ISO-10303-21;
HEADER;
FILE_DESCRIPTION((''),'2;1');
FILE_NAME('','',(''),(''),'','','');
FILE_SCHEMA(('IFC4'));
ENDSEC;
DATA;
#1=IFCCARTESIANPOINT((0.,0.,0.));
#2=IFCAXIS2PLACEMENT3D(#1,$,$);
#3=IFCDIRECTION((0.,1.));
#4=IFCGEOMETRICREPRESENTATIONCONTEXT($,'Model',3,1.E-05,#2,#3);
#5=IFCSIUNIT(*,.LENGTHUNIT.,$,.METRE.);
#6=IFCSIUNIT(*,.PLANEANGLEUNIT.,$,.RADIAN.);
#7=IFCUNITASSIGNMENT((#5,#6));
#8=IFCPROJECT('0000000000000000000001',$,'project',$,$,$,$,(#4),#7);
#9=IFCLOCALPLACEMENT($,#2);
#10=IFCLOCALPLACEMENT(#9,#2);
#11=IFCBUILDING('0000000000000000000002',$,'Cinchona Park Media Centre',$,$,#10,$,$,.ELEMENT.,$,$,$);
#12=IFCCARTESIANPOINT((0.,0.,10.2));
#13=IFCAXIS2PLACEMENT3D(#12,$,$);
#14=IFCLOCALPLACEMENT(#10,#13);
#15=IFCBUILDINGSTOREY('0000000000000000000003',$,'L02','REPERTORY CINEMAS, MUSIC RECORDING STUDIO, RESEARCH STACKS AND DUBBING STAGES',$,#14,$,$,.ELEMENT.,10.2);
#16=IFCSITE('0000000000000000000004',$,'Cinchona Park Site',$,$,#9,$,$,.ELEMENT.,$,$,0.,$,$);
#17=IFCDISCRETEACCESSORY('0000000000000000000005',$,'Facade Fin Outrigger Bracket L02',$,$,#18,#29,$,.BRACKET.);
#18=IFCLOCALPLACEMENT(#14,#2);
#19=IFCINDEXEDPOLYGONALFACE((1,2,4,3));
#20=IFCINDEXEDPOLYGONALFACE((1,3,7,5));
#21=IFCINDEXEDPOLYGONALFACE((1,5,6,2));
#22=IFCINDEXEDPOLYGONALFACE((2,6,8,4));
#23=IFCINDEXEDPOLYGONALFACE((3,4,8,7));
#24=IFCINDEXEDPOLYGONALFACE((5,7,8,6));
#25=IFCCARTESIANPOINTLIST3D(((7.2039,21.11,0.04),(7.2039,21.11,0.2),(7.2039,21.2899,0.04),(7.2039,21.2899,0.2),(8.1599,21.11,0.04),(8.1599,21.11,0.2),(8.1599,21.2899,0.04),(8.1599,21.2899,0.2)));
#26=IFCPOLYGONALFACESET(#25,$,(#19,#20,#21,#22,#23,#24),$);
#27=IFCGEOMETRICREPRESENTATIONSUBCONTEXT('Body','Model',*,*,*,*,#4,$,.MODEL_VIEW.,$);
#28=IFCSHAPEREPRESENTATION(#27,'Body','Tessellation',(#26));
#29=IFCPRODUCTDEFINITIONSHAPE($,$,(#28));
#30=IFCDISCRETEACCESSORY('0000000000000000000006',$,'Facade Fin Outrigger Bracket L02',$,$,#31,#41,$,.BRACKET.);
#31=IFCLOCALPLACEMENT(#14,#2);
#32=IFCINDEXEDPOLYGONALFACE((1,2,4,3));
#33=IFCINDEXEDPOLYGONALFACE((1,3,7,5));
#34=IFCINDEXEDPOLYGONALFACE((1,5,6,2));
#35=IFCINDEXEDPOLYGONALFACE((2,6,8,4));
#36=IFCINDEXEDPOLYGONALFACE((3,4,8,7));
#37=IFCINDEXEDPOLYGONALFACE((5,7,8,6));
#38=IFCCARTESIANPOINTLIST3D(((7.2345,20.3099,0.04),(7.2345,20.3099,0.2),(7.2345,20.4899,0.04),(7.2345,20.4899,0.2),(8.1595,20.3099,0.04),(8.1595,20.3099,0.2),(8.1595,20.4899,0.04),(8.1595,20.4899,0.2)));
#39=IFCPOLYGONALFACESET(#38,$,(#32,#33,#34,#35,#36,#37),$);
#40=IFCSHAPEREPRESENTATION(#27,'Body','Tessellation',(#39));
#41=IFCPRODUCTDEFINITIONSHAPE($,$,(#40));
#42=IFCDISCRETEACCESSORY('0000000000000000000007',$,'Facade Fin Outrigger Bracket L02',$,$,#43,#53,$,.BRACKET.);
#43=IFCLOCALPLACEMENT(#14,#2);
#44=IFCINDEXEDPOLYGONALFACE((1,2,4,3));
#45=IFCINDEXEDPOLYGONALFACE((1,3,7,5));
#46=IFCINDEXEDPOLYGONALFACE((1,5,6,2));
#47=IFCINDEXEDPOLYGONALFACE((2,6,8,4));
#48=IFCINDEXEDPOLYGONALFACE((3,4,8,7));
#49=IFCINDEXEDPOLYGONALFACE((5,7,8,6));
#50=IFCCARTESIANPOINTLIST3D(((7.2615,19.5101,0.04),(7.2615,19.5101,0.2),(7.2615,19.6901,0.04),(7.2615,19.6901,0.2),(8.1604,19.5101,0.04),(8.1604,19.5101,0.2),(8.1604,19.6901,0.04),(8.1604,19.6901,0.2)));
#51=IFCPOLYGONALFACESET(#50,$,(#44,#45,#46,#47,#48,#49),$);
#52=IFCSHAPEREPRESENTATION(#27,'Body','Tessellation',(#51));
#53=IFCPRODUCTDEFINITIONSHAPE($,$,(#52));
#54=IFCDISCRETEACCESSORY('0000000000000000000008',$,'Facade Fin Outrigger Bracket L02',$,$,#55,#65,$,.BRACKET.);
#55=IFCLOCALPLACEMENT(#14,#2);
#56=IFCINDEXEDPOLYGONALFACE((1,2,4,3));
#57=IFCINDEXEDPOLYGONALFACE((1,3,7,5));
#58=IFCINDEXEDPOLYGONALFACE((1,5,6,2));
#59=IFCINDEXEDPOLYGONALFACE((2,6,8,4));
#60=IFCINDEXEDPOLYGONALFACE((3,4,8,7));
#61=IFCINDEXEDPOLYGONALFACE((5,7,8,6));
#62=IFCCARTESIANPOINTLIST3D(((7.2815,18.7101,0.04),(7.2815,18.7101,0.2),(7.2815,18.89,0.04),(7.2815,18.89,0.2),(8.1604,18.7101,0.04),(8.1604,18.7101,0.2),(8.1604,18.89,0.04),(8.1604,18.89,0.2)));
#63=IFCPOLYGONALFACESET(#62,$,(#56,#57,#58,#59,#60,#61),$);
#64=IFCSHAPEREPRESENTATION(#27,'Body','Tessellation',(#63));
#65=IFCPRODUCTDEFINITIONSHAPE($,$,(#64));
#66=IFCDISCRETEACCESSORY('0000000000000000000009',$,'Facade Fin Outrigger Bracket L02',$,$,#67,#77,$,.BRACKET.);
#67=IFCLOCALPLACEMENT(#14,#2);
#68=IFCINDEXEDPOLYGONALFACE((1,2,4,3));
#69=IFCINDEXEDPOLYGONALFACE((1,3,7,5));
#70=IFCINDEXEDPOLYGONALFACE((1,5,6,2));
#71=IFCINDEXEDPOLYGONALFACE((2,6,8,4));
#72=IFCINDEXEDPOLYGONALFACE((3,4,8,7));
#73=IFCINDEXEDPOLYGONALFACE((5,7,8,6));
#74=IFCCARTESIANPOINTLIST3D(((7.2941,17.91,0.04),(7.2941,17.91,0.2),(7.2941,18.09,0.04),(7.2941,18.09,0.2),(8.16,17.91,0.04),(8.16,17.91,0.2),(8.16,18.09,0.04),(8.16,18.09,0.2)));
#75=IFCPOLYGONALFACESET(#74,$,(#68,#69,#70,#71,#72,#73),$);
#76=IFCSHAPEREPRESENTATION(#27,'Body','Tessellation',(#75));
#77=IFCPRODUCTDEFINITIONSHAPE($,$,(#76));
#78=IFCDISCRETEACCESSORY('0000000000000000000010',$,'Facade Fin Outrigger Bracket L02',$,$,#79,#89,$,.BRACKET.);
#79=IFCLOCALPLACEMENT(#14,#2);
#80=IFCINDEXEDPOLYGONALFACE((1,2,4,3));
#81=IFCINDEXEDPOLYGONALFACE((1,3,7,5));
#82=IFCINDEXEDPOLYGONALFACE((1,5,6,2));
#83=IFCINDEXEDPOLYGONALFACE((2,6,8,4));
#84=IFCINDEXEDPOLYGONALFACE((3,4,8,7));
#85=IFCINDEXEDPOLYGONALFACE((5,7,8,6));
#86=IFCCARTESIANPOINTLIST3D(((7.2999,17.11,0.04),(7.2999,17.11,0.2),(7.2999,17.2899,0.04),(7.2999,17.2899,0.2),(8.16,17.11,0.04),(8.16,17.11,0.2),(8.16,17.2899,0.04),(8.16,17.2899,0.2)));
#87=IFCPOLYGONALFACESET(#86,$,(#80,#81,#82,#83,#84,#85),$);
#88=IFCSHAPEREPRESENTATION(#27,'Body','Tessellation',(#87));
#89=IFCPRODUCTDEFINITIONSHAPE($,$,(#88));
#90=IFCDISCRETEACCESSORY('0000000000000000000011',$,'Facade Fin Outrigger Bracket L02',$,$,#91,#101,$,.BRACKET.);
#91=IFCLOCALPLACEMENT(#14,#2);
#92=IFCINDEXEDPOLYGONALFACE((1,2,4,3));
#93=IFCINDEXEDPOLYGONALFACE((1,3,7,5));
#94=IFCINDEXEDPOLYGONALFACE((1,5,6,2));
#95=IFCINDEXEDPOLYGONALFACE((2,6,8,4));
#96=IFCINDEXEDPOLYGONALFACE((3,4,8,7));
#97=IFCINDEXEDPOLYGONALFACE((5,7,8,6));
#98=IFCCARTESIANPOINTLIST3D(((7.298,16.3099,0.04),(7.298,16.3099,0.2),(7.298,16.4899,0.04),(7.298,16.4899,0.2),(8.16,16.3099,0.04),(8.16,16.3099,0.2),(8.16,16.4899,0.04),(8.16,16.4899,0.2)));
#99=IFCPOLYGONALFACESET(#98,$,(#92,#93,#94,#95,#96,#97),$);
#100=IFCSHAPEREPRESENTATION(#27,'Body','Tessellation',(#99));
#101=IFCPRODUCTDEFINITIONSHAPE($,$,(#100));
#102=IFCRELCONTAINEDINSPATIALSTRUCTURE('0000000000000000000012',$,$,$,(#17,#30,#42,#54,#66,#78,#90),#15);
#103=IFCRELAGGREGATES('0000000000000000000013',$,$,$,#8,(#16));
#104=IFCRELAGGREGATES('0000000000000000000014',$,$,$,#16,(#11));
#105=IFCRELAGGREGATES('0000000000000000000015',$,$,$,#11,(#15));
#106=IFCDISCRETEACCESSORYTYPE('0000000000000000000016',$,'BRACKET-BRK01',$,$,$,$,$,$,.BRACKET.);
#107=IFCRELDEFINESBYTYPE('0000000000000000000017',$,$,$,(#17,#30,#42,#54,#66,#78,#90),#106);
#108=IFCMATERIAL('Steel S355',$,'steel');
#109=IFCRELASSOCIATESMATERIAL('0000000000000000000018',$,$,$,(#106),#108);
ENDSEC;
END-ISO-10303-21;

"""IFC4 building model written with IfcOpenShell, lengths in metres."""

from ifc_helpers import new_model, si_unit, direction, frame, origin, origin_2d, place, context, subcontext, project, spatial, rectangle, extrude, material, type_object, element, save


model = new_model("IFC4")

# Units and contexts
model_context = context("Model", 3, precision=1e-05, world=origin(), true_north=direction((0.0, 1.0)))
body_context = subcontext(model_context, "Body", "Model", "MODEL_VIEW")
ifc_project = project(units=[si_unit("LENGTHUNIT", "METRE"), si_unit("PLANEANGLEUNIT", "RADIAN")], contexts=[model_context])

# Site, building, storey
site_placement = place(None, origin())
site = spatial("IfcSite", under=ifc_project, at=site_placement, Name="Cinchona Park Site", CompositionType="ELEMENT", RefElevation=0.0)
building_placement = place(site_placement, origin())
building = spatial("IfcBuilding", under=site, at=building_placement, Name="Cinchona Park Media Centre", CompositionType="ELEMENT")
storey_placement = place(building_placement, frame((0.0, 0.0, 10.2)))
storey = spatial("IfcBuildingStorey", under=building, at=storey_placement, Name="L02", Description="REPERTORY CINEMAS, MUSIC RECORDING STUDIO, RESEARCH STACKS AND DUBBING STAGES", CompositionType="ELEMENT", Elevation=10.2)

# Discrete accessories
ifc_material_1 = material(Name="Steel S355", Category="steel")
discrete_accessory_type = type_object("IfcDiscreteAccessoryType", Name="BRACKET-BRK01", PredefinedType="BRACKET", material=ifc_material_1)
discrete_accessory_1_placement = place(storey_placement, frame((7.6819, 21.2, 0.04), z_axis=(0.0, 0.0, 1.0), x_axis=(0.0, -1.0, 0.0)))
element("IfcDiscreteAccessory", 1, at=discrete_accessory_1_placement, inside=storey, type_object=discrete_accessory_type, Name="Facade Fin Outrigger Bracket L02", PredefinedType="BRACKET", context=body_context, shape_type="SweptSolid", body=[
    extrude(rectangle(XDim=0.1799, YDim=0.9561, at=origin_2d()), origin(), (0.0, 0.0, 1.0), 0.1599),
])
discrete_accessory_2_placement = place(storey_placement, frame((7.697, 20.3999, 0.04), z_axis=(0.0, 0.0, 1.0), x_axis=(0.0, -1.0, 0.0)))
element("IfcDiscreteAccessory", 2, at=discrete_accessory_2_placement, inside=storey, type_object=discrete_accessory_type, Name="Facade Fin Outrigger Bracket L02", PredefinedType="BRACKET", context=body_context, shape_type="SweptSolid", body=[
    extrude(rectangle(XDim=0.1799, YDim=0.925, at=origin_2d()), origin(), (0.0, 0.0, 1.0), 0.1599),
])
discrete_accessory_3_placement = place(storey_placement, frame((7.7109, 19.6001, 0.04), z_axis=(0.0, 0.0, 1.0), x_axis=(0.0, -1.0, 0.0)))
element("IfcDiscreteAccessory", 3, at=discrete_accessory_3_placement, inside=storey, type_object=discrete_accessory_type, Name="Facade Fin Outrigger Bracket L02", PredefinedType="BRACKET", context=body_context, shape_type="SweptSolid", body=[
    extrude(rectangle(XDim=0.1799, YDim=0.8989, at=origin_2d()), origin(), (0.0, 0.0, 1.0), 0.1599),
])
discrete_accessory_4_placement = place(storey_placement, frame((7.7209, 18.8, 0.04), z_axis=(0.0, 0.0, 1.0), x_axis=(0.0, -1.0, 0.0)))
element("IfcDiscreteAccessory", 4, at=discrete_accessory_4_placement, inside=storey, type_object=discrete_accessory_type, Name="Facade Fin Outrigger Bracket L02", PredefinedType="BRACKET", context=body_context, shape_type="SweptSolid", body=[
    extrude(rectangle(XDim=0.1799, YDim=0.8789, at=origin_2d()), origin(), (0.0, 0.0, 1.0), 0.1599),
])
discrete_accessory_5_placement = place(storey_placement, frame((7.7271, 18.0, 0.04), z_axis=(0.0, 0.0, 1.0), x_axis=(0.0, -1.0, 0.0)))
element("IfcDiscreteAccessory", 5, at=discrete_accessory_5_placement, inside=storey, type_object=discrete_accessory_type, Name="Facade Fin Outrigger Bracket L02", PredefinedType="BRACKET", context=body_context, shape_type="SweptSolid", body=[
    extrude(rectangle(XDim=0.1799, YDim=0.866, at=origin_2d()), origin(), (0.0, 0.0, 1.0), 0.1599),
])
discrete_accessory_6_placement = place(storey_placement, frame((7.73, 17.2, 0.04), z_axis=(0.0, 0.0, 1.0), x_axis=(0.0, -1.0, 0.0)))
element("IfcDiscreteAccessory", 6, at=discrete_accessory_6_placement, inside=storey, type_object=discrete_accessory_type, Name="Facade Fin Outrigger Bracket L02", PredefinedType="BRACKET", context=body_context, shape_type="SweptSolid", body=[
    extrude(rectangle(XDim=0.1799, YDim=0.8601, at=origin_2d()), origin(), (0.0, 0.0, 1.0), 0.1599),
])
discrete_accessory_7_placement = place(storey_placement, frame((7.729, 16.3999, 0.04), z_axis=(0.0, 0.0, 1.0), x_axis=(0.0, -1.0, 0.0)))
element("IfcDiscreteAccessory", 7, at=discrete_accessory_7_placement, inside=storey, type_object=discrete_accessory_type, Name="Facade Fin Outrigger Bracket L02", PredefinedType="BRACKET", context=body_context, shape_type="SweptSolid", body=[
    extrude(rectangle(XDim=0.1799, YDim=0.8621, at=origin_2d()), origin(), (0.0, 0.0, 1.0), 0.1599),
])

save(model, "model.ifc")
